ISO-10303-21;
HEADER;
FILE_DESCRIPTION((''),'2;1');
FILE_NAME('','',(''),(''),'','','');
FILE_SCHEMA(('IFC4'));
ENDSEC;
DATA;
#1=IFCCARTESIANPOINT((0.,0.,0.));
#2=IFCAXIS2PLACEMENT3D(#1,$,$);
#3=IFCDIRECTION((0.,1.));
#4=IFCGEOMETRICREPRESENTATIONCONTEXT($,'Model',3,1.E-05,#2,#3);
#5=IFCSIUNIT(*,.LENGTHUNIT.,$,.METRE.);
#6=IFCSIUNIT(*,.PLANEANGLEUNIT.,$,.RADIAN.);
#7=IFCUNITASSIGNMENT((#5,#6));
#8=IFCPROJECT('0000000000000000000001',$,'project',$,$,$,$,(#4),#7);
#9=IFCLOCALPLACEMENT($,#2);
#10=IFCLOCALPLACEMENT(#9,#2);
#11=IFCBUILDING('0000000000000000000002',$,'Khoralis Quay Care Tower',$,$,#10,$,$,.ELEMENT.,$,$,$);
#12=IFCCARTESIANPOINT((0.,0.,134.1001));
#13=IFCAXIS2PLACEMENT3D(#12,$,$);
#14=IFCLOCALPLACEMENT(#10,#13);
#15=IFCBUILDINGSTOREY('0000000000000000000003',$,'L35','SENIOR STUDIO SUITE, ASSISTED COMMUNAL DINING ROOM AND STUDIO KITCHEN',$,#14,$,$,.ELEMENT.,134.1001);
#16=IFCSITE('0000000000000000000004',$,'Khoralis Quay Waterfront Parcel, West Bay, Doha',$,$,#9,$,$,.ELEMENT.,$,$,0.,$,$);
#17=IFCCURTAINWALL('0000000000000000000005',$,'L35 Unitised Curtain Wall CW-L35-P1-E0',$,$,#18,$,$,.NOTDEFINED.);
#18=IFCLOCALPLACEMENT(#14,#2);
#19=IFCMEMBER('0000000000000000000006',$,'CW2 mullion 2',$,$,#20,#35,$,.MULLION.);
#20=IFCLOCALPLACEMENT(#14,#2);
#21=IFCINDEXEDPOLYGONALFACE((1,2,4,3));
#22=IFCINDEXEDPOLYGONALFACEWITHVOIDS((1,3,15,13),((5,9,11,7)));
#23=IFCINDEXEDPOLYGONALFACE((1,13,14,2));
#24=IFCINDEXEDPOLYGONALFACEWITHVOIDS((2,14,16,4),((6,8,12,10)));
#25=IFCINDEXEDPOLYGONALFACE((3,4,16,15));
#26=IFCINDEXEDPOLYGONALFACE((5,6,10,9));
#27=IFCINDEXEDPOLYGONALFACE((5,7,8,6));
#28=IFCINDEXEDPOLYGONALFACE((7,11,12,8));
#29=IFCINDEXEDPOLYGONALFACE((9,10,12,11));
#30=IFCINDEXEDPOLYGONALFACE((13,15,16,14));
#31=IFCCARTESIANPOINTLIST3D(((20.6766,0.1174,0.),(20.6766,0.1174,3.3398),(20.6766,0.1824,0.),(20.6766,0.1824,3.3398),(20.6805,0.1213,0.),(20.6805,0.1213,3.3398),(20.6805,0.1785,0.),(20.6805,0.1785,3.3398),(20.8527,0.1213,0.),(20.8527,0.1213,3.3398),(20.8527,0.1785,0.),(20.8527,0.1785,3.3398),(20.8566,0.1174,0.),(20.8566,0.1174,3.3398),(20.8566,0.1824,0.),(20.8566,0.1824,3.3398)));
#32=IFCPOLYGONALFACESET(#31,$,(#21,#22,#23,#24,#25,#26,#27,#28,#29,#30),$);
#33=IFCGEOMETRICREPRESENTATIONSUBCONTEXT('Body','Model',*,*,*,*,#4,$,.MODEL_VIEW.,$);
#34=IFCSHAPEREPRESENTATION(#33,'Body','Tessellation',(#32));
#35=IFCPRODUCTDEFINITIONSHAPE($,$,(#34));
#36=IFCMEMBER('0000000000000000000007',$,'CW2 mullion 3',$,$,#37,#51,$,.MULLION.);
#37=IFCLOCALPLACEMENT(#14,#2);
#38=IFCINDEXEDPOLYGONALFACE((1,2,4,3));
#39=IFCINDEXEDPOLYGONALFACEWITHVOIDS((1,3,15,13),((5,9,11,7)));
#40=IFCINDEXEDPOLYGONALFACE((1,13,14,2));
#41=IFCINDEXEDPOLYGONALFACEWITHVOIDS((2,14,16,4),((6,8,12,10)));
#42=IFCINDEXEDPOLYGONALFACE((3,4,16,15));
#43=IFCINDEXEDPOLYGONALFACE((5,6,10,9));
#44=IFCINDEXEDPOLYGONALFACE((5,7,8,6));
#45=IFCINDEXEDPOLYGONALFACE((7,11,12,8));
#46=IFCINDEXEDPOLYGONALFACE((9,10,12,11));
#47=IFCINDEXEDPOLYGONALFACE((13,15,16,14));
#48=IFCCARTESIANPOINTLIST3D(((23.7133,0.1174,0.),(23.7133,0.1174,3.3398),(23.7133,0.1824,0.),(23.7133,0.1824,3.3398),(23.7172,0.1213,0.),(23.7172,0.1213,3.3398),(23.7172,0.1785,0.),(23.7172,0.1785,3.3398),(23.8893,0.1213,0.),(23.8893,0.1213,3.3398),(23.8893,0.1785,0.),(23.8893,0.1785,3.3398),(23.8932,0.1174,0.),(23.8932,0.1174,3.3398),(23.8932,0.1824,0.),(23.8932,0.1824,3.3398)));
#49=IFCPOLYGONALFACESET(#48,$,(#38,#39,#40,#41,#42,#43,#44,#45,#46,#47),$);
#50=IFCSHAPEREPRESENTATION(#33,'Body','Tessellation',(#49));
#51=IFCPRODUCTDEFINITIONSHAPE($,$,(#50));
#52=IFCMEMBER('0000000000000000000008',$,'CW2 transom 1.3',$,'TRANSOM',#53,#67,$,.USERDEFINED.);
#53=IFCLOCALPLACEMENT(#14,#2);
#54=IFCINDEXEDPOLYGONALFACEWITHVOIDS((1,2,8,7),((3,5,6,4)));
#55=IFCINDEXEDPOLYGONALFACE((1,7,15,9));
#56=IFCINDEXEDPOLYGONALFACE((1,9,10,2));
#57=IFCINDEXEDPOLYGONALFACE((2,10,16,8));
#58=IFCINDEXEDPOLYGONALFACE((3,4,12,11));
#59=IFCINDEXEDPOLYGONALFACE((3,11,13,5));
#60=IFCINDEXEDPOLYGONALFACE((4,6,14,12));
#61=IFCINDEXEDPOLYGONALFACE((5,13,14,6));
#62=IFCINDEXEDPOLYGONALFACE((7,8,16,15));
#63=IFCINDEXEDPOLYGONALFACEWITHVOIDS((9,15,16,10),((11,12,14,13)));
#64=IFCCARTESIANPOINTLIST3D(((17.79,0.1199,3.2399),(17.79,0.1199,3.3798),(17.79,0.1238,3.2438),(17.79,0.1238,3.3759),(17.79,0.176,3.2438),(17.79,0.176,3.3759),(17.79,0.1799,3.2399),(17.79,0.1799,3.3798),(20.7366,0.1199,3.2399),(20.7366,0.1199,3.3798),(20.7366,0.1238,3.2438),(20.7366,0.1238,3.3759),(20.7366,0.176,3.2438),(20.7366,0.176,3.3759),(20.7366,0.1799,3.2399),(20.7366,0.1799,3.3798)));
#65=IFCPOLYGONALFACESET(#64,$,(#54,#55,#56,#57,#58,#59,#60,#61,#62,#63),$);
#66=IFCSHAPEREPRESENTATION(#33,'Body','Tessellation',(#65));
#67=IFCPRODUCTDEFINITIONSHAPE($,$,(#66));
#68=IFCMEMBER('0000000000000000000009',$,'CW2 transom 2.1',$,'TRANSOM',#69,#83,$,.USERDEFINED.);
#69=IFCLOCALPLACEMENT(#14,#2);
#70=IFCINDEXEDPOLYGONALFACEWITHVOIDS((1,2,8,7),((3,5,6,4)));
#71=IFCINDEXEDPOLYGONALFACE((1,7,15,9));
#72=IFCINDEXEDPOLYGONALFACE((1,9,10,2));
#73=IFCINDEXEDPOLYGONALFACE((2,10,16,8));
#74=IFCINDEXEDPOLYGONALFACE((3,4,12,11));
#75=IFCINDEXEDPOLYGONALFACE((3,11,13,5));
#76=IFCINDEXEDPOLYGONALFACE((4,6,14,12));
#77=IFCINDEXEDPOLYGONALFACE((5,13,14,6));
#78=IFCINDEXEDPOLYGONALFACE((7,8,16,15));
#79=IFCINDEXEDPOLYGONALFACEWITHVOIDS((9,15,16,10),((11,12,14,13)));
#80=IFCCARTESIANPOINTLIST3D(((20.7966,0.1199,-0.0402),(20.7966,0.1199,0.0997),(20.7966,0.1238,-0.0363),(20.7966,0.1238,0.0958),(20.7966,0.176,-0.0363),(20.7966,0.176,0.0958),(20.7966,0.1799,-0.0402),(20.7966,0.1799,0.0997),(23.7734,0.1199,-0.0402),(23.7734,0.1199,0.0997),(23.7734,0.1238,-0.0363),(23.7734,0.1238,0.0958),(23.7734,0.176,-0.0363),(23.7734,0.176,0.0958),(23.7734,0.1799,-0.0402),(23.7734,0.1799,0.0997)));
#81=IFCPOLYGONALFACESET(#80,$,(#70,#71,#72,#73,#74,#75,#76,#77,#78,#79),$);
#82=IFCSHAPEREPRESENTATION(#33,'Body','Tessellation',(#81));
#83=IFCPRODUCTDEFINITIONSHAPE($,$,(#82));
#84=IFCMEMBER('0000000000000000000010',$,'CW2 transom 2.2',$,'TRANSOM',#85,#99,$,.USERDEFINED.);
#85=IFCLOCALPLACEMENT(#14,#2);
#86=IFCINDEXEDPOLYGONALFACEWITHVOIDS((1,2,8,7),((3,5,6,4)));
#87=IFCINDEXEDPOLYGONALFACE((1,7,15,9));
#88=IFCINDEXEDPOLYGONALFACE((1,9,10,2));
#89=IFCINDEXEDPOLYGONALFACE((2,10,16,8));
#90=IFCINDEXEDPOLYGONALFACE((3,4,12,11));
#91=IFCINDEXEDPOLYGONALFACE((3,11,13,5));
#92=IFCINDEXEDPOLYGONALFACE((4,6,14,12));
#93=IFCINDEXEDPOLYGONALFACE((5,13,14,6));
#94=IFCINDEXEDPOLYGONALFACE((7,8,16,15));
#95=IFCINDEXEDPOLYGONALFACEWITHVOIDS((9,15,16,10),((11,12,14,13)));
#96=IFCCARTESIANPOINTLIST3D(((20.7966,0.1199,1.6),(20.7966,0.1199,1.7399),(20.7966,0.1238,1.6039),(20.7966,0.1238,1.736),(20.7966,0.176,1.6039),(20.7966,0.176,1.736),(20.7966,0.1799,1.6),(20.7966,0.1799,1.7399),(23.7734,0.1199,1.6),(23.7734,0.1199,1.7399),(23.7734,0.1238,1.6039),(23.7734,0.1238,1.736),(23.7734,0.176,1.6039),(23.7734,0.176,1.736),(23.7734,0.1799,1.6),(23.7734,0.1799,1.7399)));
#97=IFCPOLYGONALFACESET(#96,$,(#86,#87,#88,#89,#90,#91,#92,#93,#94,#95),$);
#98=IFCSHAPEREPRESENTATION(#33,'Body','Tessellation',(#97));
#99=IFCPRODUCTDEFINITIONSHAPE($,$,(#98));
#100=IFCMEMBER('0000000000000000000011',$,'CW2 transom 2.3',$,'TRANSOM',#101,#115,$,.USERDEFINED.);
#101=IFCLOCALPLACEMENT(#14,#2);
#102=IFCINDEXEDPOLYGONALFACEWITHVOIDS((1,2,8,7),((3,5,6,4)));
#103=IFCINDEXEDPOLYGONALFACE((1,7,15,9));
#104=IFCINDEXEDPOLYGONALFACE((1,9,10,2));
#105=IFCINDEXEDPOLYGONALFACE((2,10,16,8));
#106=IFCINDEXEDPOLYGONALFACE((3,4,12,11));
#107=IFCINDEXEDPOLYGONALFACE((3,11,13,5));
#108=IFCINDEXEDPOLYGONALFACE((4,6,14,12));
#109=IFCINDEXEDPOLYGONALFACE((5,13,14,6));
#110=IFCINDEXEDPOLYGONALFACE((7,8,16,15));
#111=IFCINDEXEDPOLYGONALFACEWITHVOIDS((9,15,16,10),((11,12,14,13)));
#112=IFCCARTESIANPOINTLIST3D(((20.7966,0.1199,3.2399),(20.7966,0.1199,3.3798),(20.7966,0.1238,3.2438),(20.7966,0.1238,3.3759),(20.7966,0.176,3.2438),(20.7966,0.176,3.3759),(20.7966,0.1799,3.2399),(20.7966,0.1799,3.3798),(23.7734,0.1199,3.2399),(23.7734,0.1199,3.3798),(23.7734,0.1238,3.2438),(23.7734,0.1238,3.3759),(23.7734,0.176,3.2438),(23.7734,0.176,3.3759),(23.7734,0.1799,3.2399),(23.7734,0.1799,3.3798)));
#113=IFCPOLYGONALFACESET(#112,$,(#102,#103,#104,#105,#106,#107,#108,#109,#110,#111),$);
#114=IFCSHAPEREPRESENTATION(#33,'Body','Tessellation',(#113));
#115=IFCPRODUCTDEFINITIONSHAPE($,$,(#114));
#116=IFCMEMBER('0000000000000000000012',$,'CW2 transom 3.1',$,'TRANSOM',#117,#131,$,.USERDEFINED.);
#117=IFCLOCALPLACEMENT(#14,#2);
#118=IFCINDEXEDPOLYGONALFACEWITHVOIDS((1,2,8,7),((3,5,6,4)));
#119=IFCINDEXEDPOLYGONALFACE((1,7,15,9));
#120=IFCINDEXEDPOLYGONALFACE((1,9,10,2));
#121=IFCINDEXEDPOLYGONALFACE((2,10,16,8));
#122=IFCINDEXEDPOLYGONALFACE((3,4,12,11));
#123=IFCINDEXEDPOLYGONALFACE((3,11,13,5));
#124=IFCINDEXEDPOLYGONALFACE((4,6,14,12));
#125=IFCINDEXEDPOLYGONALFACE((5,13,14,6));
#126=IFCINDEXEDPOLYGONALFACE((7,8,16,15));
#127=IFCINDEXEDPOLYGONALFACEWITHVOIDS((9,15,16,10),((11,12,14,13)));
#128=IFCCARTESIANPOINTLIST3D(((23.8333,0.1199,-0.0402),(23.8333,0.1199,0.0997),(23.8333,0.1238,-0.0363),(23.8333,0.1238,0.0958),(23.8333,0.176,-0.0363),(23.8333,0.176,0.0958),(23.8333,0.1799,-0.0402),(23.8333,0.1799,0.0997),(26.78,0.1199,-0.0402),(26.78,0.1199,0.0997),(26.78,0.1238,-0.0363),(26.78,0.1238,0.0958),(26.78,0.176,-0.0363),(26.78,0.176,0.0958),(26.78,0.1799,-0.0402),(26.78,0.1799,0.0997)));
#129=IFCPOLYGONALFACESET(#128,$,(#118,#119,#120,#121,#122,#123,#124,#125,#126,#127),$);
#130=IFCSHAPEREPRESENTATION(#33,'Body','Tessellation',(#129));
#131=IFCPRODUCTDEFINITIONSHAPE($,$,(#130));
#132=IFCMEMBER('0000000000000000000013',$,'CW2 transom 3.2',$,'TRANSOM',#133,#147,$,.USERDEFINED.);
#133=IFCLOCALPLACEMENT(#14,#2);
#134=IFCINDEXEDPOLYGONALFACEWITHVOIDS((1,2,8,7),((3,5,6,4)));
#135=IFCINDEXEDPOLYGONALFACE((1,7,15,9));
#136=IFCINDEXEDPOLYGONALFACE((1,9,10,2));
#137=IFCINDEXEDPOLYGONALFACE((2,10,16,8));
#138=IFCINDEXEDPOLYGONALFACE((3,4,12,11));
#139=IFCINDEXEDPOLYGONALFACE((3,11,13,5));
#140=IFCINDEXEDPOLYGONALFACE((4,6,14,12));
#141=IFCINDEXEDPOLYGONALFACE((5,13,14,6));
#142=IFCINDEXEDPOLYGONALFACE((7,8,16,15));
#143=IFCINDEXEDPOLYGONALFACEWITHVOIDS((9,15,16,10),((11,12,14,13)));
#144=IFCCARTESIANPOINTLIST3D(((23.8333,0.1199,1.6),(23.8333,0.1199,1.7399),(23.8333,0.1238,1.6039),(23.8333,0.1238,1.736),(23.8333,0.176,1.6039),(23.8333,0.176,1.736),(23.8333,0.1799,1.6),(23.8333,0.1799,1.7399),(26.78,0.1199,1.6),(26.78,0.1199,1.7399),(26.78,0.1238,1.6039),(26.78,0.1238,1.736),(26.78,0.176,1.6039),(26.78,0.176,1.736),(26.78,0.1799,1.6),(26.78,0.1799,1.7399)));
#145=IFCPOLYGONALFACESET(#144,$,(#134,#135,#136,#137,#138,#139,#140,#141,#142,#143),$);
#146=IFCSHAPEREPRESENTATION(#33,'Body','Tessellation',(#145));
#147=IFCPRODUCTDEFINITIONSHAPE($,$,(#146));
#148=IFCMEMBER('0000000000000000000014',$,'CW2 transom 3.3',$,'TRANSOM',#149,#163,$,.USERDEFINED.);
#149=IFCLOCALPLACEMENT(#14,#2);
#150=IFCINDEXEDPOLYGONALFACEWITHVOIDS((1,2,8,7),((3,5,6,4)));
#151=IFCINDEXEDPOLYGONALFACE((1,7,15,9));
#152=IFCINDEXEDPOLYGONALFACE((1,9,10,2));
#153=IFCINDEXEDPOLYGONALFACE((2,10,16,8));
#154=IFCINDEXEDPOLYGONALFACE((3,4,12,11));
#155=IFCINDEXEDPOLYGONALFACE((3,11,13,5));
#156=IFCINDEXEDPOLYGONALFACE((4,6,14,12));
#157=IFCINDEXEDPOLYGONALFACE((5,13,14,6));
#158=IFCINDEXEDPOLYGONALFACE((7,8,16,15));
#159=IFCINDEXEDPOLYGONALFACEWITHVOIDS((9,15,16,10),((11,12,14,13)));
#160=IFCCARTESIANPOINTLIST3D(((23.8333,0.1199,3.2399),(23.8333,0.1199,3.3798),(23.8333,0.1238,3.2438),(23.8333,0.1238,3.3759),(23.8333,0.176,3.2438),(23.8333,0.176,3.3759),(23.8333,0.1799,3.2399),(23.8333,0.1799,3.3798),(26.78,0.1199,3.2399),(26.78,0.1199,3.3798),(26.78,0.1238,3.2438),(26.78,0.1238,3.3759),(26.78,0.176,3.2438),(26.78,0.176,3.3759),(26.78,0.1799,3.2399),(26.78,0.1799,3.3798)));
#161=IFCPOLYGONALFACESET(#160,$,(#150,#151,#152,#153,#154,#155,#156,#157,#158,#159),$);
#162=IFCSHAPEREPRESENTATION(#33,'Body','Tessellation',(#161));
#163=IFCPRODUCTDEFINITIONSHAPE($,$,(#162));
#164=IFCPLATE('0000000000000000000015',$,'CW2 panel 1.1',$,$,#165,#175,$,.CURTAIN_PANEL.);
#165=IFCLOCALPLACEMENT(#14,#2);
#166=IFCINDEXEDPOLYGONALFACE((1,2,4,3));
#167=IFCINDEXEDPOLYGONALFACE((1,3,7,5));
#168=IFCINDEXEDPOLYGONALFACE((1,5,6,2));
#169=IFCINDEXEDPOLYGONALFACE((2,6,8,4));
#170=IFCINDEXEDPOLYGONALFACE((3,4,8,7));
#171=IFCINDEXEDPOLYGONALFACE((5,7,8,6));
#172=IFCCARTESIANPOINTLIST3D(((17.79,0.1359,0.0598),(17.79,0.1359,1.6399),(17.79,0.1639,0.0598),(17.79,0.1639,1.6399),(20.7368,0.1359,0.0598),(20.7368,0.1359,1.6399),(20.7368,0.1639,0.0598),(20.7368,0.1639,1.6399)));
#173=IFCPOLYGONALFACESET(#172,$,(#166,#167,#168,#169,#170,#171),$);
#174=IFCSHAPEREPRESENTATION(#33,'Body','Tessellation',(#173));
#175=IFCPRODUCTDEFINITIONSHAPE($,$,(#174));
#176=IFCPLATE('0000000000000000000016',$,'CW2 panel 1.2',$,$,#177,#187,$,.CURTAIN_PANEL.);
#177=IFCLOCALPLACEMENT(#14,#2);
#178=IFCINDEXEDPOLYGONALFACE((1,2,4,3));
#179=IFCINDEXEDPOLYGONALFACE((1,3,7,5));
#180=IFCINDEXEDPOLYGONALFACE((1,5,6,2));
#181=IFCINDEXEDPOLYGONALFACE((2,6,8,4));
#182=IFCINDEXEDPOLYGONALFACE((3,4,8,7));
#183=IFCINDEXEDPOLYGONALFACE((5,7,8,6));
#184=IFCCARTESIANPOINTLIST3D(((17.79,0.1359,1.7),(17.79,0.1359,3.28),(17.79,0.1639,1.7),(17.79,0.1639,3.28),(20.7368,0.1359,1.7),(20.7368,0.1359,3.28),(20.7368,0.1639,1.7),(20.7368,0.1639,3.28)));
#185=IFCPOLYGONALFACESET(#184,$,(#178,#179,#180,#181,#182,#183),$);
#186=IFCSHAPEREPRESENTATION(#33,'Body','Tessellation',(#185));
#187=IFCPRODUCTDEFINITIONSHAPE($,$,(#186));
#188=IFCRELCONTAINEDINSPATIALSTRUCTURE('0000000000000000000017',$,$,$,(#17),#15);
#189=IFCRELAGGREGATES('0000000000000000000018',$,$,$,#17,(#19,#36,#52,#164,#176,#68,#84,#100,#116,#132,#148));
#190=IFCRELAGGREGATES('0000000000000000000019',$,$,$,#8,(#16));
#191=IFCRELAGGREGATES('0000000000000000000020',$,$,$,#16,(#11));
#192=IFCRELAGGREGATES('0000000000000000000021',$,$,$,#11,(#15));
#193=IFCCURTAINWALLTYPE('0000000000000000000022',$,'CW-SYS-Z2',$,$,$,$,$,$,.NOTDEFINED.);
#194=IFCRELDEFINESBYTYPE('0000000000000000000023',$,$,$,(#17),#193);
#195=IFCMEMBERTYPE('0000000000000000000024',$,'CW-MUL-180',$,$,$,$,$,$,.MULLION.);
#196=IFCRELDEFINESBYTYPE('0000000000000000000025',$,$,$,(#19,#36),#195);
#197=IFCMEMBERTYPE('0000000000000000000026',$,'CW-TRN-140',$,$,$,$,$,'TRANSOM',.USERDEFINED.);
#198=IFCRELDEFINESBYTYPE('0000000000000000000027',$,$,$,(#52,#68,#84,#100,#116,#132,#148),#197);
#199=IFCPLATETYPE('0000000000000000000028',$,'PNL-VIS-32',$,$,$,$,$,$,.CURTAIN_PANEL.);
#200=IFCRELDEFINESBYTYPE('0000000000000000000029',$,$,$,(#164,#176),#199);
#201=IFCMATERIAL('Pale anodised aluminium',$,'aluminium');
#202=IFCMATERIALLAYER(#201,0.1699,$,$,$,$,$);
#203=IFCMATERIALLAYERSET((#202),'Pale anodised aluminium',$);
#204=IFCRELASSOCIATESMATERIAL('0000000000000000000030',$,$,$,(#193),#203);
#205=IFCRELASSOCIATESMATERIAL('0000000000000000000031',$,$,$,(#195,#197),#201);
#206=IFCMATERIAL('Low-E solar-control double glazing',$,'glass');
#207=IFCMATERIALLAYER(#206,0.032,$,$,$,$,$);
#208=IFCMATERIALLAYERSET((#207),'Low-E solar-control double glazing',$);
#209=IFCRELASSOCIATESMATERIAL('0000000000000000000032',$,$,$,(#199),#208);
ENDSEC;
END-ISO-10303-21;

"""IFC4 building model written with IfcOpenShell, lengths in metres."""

from ifc_helpers import new_model, si_unit, direction, frame, origin, origin_2d, place, context, subcontext, project, spatial, rectangle, hollow_rectangle, extrude, source, transform, mapped, material, layer, layer_set, material_profile, profile_set, type_object, element, aggregate, save


model = new_model("IFC4")

# Units and contexts
model_context = context("Model", 3, precision=1e-05, world=origin(), true_north=direction((0.0, 1.0)))
body_context = subcontext(model_context, "Body", "Model", "MODEL_VIEW")
ifc_project = project(units=[si_unit("LENGTHUNIT", "METRE"), si_unit("PLANEANGLEUNIT", "RADIAN")], contexts=[model_context])

# Site, building, storey
site_placement = place(None, origin())
site = spatial("IfcSite", under=ifc_project, at=site_placement, Name="Khoralis Quay Waterfront Parcel, West Bay, Doha", CompositionType="ELEMENT", RefElevation=0.0)
building_placement = place(site_placement, origin())
building = spatial("IfcBuilding", under=site, at=building_placement, Name="Khoralis Quay Care Tower", CompositionType="ELEMENT")
storey_placement = place(building_placement, frame((0.0, 0.0, 134.1001)))
storey = spatial("IfcBuildingStorey", under=building, at=storey_placement, Name="L35", Description="SENIOR STUDIO SUITE, ASSISTED COMMUNAL DINING ROOM AND STUDIO KITCHEN", CompositionType="ELEMENT", Elevation=134.1001)

# Curtain wall, members, plates
ifc_material_1 = material(Name="Pale anodised aluminium", Category="aluminium")
ifc_layer_1 = layer(ifc_material_1, 0.1699)
ifc_layer_set_1 = layer_set([ifc_layer_1], Name="Pale anodised aluminium")
curtain_wall_type = type_object("IfcCurtainWallType", Name="CW-SYS-Z2", PredefinedType="NOTDEFINED", material=ifc_layer_set_1)
curtain_wall_placement = place(storey_placement, origin())
curtain_wall = element("IfcCurtainWall", 1, at=curtain_wall_placement, inside=storey, type_object=curtain_wall_type, Name="L35 Unitised Curtain Wall CW-L35-P1-E0", PredefinedType="NOTDEFINED")
ifc_material_profile_1 = material_profile(ifc_material_1, hollow_rectangle(XDim=0.0649, YDim=0.1799, WallThickness=0.0039, at=origin_2d()), Name="Pale anodised aluminium")
ifc_profile_set_1 = profile_set([ifc_material_profile_1], Name="Pale anodised aluminium")
member_type_1 = type_object("IfcMemberType", Name="CW-MUL-180", PredefinedType="MULLION", material=ifc_profile_set_1)
shared_shape_1 = source(origin(), body_context, "Body", "SweptSolid", [
    extrude(hollow_rectangle(XDim=0.0649, YDim=0.1799, WallThickness=0.0039, at=origin_2d()), origin(), (0.0, 0.0, 1.0), 3.3398),
])
member_1_placement = place(storey_placement, frame((20.7666, 0.1499, 0.0), z_axis=(0.0, 0.0, 1.0), x_axis=(0.0, 1.0, 0.0)))
member_1 = element("IfcMember", 2, at=member_1_placement, type_object=member_type_1, Name="CW2 mullion 2", PredefinedType="MULLION", context=body_context, shape_type="MappedRepresentation", body=[
    mapped(shared_shape_1, transform((0.0, 0.0, 0.0), scale=1.0)),
])
member_2_placement = place(storey_placement, frame((23.8032, 0.1499, 0.0), z_axis=(0.0, 0.0, 1.0), x_axis=(0.0, 1.0, 0.0)))
member_2 = element("IfcMember", 3, at=member_2_placement, type_object=member_type_1, Name="CW2 mullion 3", PredefinedType="MULLION", context=body_context, shape_type="MappedRepresentation", body=[
    mapped(shared_shape_1, transform((0.0, 0.0, 0.0), scale=1.0)),
])
ifc_material_profile_2 = material_profile(ifc_material_1, hollow_rectangle(XDim=0.0601, YDim=0.1399, WallThickness=0.0039, at=origin_2d()), Name="Pale anodised aluminium")
ifc_profile_set_2 = profile_set([ifc_material_profile_2], Name="Pale anodised aluminium")
member_type_2 = type_object("IfcMemberType", Name="CW-TRN-140", ElementType="TRANSOM", PredefinedType="USERDEFINED", material=ifc_profile_set_2)
shared_shape_2 = source(origin(), body_context, "Body", "SweptSolid", [
    extrude(hollow_rectangle(XDim=0.0601, YDim=0.1399, WallThickness=0.0039, at=origin_2d()), origin(), (0.0, 0.0, 1.0), 2.9465),
])
member_3_placement = place(storey_placement, frame((17.79, 0.1499, 3.3098), z_axis=(1.0, 0.0, 0.0), x_axis=(0.0, 1.0, 0.0)))
member_3 = element("IfcMember", 4, at=member_3_placement, type_object=member_type_2, Name="CW2 transom 1.3", ObjectType="TRANSOM", PredefinedType="USERDEFINED", context=body_context, shape_type="MappedRepresentation", body=[
    mapped(shared_shape_2, transform((0.0, 0.0, 0.0), scale=1.0)),
])
shared_shape_3 = source(origin(), body_context, "Body", "SweptSolid", [
    extrude(hollow_rectangle(XDim=0.0601, YDim=0.1399, WallThickness=0.0039, at=origin_2d()), origin(), (0.0, 0.0, 1.0), 2.9768),
])
member_4_placement = place(storey_placement, frame((20.7966, 0.1499, 0.0298), z_axis=(1.0, 0.0, 0.0), x_axis=(0.0, 1.0, 0.0)))
member_4 = element("IfcMember", 5, at=member_4_placement, type_object=member_type_2, Name="CW2 transom 2.1", ObjectType="TRANSOM", PredefinedType="USERDEFINED", context=body_context, shape_type="MappedRepresentation", body=[
    mapped(shared_shape_3, transform((0.0, 0.0, 0.0), scale=1.0)),
])
member_5_placement = place(storey_placement, frame((20.7966, 0.1499, 1.6699), z_axis=(1.0, 0.0, 0.0), x_axis=(0.0, 1.0, 0.0)))
member_5 = element("IfcMember", 6, at=member_5_placement, type_object=member_type_2, Name="CW2 transom 2.2", ObjectType="TRANSOM", PredefinedType="USERDEFINED", context=body_context, shape_type="MappedRepresentation", body=[
    mapped(shared_shape_3, transform((0.0, 0.0, 0.0), scale=1.0)),
])
member_6_placement = place(storey_placement, frame((20.7966, 0.1499, 3.3098), z_axis=(1.0, 0.0, 0.0), x_axis=(0.0, 1.0, 0.0)))
member_6 = element("IfcMember", 7, at=member_6_placement, type_object=member_type_2, Name="CW2 transom 2.3", ObjectType="TRANSOM", PredefinedType="USERDEFINED", context=body_context, shape_type="MappedRepresentation", body=[
    mapped(shared_shape_3, transform((0.0, 0.0, 0.0), scale=1.0)),
])
shared_shape_4 = source(origin(), body_context, "Body", "SweptSolid", [
    extrude(hollow_rectangle(XDim=0.0601, YDim=0.1399, WallThickness=0.0039, at=origin_2d()), origin(), (0.0, 0.0, 1.0), 2.9468),
])
member_7_placement = place(storey_placement, frame((23.8333, 0.1499, 0.0298), z_axis=(1.0, 0.0, 0.0), x_axis=(0.0, 1.0, 0.0)))
member_7 = element("IfcMember", 8, at=member_7_placement, type_object=member_type_2, Name="CW2 transom 3.1", ObjectType="TRANSOM", PredefinedType="USERDEFINED", context=body_context, shape_type="MappedRepresentation", body=[
    mapped(shared_shape_4, transform((0.0, 0.0, 0.0), scale=1.0)),
])
member_8_placement = place(storey_placement, frame((23.8333, 0.1499, 1.6699), z_axis=(1.0, 0.0, 0.0), x_axis=(0.0, 1.0, 0.0)))
member_8 = element("IfcMember", 9, at=member_8_placement, type_object=member_type_2, Name="CW2 transom 3.2", ObjectType="TRANSOM", PredefinedType="USERDEFINED", context=body_context, shape_type="MappedRepresentation", body=[
    mapped(shared_shape_4, transform((0.0, 0.0, 0.0), scale=1.0)),
])
member_9_placement = place(storey_placement, frame((23.8333, 0.1499, 3.3098), z_axis=(1.0, 0.0, 0.0), x_axis=(0.0, 1.0, 0.0)))
member_9 = element("IfcMember", 10, at=member_9_placement, type_object=member_type_2, Name="CW2 transom 3.3", ObjectType="TRANSOM", PredefinedType="USERDEFINED", context=body_context, shape_type="MappedRepresentation", body=[
    mapped(shared_shape_4, transform((0.0, 0.0, 0.0), scale=1.0)),
])
ifc_material_2 = material(Name="Low-E solar-control double glazing", Category="glass")
ifc_layer_2 = layer(ifc_material_2, 0.032)
ifc_layer_set_2 = layer_set([ifc_layer_2], Name="Low-E solar-control double glazing")
plate_type = type_object("IfcPlateType", Name="PNL-VIS-32", PredefinedType="CURTAIN_PANEL", material=ifc_layer_set_2)
shared_shape_5 = source(origin(), body_context, "Body", "SweptSolid", [
    extrude(rectangle(XDim=2.9468, YDim=0.0281, at=origin_2d()), origin(), (0.0, 0.0, 1.0), 1.5801),
])
plate_1_placement = place(storey_placement, frame((19.2634, 0.1499, 0.0598), z_axis=(0.0, 0.0, 1.0), x_axis=(1.0, 0.0, 0.0)))
plate_1 = element("IfcPlate", 11, at=plate_1_placement, type_object=plate_type, Name="CW2 panel 1.1", PredefinedType="CURTAIN_PANEL", context=body_context, shape_type="MappedRepresentation", body=[
    mapped(shared_shape_5, transform((0.0, 0.0, 0.0), scale=1.0)),
])
plate_2_placement = place(storey_placement, frame((19.2634, 0.1499, 1.7), z_axis=(0.0, 0.0, 1.0), x_axis=(1.0, 0.0, 0.0)))
plate_2 = element("IfcPlate", 12, at=plate_2_placement, type_object=plate_type, Name="CW2 panel 1.2", PredefinedType="CURTAIN_PANEL", context=body_context, shape_type="MappedRepresentation", body=[
    mapped(shared_shape_5, transform((0.0, 0.0, 0.0), scale=1.0)),
])
aggregate(curtain_wall, [member_1, member_2, member_3, plate_1, plate_2, member_4, member_5, member_6, member_7, member_8, member_9])

save(model, "model.ifc")
